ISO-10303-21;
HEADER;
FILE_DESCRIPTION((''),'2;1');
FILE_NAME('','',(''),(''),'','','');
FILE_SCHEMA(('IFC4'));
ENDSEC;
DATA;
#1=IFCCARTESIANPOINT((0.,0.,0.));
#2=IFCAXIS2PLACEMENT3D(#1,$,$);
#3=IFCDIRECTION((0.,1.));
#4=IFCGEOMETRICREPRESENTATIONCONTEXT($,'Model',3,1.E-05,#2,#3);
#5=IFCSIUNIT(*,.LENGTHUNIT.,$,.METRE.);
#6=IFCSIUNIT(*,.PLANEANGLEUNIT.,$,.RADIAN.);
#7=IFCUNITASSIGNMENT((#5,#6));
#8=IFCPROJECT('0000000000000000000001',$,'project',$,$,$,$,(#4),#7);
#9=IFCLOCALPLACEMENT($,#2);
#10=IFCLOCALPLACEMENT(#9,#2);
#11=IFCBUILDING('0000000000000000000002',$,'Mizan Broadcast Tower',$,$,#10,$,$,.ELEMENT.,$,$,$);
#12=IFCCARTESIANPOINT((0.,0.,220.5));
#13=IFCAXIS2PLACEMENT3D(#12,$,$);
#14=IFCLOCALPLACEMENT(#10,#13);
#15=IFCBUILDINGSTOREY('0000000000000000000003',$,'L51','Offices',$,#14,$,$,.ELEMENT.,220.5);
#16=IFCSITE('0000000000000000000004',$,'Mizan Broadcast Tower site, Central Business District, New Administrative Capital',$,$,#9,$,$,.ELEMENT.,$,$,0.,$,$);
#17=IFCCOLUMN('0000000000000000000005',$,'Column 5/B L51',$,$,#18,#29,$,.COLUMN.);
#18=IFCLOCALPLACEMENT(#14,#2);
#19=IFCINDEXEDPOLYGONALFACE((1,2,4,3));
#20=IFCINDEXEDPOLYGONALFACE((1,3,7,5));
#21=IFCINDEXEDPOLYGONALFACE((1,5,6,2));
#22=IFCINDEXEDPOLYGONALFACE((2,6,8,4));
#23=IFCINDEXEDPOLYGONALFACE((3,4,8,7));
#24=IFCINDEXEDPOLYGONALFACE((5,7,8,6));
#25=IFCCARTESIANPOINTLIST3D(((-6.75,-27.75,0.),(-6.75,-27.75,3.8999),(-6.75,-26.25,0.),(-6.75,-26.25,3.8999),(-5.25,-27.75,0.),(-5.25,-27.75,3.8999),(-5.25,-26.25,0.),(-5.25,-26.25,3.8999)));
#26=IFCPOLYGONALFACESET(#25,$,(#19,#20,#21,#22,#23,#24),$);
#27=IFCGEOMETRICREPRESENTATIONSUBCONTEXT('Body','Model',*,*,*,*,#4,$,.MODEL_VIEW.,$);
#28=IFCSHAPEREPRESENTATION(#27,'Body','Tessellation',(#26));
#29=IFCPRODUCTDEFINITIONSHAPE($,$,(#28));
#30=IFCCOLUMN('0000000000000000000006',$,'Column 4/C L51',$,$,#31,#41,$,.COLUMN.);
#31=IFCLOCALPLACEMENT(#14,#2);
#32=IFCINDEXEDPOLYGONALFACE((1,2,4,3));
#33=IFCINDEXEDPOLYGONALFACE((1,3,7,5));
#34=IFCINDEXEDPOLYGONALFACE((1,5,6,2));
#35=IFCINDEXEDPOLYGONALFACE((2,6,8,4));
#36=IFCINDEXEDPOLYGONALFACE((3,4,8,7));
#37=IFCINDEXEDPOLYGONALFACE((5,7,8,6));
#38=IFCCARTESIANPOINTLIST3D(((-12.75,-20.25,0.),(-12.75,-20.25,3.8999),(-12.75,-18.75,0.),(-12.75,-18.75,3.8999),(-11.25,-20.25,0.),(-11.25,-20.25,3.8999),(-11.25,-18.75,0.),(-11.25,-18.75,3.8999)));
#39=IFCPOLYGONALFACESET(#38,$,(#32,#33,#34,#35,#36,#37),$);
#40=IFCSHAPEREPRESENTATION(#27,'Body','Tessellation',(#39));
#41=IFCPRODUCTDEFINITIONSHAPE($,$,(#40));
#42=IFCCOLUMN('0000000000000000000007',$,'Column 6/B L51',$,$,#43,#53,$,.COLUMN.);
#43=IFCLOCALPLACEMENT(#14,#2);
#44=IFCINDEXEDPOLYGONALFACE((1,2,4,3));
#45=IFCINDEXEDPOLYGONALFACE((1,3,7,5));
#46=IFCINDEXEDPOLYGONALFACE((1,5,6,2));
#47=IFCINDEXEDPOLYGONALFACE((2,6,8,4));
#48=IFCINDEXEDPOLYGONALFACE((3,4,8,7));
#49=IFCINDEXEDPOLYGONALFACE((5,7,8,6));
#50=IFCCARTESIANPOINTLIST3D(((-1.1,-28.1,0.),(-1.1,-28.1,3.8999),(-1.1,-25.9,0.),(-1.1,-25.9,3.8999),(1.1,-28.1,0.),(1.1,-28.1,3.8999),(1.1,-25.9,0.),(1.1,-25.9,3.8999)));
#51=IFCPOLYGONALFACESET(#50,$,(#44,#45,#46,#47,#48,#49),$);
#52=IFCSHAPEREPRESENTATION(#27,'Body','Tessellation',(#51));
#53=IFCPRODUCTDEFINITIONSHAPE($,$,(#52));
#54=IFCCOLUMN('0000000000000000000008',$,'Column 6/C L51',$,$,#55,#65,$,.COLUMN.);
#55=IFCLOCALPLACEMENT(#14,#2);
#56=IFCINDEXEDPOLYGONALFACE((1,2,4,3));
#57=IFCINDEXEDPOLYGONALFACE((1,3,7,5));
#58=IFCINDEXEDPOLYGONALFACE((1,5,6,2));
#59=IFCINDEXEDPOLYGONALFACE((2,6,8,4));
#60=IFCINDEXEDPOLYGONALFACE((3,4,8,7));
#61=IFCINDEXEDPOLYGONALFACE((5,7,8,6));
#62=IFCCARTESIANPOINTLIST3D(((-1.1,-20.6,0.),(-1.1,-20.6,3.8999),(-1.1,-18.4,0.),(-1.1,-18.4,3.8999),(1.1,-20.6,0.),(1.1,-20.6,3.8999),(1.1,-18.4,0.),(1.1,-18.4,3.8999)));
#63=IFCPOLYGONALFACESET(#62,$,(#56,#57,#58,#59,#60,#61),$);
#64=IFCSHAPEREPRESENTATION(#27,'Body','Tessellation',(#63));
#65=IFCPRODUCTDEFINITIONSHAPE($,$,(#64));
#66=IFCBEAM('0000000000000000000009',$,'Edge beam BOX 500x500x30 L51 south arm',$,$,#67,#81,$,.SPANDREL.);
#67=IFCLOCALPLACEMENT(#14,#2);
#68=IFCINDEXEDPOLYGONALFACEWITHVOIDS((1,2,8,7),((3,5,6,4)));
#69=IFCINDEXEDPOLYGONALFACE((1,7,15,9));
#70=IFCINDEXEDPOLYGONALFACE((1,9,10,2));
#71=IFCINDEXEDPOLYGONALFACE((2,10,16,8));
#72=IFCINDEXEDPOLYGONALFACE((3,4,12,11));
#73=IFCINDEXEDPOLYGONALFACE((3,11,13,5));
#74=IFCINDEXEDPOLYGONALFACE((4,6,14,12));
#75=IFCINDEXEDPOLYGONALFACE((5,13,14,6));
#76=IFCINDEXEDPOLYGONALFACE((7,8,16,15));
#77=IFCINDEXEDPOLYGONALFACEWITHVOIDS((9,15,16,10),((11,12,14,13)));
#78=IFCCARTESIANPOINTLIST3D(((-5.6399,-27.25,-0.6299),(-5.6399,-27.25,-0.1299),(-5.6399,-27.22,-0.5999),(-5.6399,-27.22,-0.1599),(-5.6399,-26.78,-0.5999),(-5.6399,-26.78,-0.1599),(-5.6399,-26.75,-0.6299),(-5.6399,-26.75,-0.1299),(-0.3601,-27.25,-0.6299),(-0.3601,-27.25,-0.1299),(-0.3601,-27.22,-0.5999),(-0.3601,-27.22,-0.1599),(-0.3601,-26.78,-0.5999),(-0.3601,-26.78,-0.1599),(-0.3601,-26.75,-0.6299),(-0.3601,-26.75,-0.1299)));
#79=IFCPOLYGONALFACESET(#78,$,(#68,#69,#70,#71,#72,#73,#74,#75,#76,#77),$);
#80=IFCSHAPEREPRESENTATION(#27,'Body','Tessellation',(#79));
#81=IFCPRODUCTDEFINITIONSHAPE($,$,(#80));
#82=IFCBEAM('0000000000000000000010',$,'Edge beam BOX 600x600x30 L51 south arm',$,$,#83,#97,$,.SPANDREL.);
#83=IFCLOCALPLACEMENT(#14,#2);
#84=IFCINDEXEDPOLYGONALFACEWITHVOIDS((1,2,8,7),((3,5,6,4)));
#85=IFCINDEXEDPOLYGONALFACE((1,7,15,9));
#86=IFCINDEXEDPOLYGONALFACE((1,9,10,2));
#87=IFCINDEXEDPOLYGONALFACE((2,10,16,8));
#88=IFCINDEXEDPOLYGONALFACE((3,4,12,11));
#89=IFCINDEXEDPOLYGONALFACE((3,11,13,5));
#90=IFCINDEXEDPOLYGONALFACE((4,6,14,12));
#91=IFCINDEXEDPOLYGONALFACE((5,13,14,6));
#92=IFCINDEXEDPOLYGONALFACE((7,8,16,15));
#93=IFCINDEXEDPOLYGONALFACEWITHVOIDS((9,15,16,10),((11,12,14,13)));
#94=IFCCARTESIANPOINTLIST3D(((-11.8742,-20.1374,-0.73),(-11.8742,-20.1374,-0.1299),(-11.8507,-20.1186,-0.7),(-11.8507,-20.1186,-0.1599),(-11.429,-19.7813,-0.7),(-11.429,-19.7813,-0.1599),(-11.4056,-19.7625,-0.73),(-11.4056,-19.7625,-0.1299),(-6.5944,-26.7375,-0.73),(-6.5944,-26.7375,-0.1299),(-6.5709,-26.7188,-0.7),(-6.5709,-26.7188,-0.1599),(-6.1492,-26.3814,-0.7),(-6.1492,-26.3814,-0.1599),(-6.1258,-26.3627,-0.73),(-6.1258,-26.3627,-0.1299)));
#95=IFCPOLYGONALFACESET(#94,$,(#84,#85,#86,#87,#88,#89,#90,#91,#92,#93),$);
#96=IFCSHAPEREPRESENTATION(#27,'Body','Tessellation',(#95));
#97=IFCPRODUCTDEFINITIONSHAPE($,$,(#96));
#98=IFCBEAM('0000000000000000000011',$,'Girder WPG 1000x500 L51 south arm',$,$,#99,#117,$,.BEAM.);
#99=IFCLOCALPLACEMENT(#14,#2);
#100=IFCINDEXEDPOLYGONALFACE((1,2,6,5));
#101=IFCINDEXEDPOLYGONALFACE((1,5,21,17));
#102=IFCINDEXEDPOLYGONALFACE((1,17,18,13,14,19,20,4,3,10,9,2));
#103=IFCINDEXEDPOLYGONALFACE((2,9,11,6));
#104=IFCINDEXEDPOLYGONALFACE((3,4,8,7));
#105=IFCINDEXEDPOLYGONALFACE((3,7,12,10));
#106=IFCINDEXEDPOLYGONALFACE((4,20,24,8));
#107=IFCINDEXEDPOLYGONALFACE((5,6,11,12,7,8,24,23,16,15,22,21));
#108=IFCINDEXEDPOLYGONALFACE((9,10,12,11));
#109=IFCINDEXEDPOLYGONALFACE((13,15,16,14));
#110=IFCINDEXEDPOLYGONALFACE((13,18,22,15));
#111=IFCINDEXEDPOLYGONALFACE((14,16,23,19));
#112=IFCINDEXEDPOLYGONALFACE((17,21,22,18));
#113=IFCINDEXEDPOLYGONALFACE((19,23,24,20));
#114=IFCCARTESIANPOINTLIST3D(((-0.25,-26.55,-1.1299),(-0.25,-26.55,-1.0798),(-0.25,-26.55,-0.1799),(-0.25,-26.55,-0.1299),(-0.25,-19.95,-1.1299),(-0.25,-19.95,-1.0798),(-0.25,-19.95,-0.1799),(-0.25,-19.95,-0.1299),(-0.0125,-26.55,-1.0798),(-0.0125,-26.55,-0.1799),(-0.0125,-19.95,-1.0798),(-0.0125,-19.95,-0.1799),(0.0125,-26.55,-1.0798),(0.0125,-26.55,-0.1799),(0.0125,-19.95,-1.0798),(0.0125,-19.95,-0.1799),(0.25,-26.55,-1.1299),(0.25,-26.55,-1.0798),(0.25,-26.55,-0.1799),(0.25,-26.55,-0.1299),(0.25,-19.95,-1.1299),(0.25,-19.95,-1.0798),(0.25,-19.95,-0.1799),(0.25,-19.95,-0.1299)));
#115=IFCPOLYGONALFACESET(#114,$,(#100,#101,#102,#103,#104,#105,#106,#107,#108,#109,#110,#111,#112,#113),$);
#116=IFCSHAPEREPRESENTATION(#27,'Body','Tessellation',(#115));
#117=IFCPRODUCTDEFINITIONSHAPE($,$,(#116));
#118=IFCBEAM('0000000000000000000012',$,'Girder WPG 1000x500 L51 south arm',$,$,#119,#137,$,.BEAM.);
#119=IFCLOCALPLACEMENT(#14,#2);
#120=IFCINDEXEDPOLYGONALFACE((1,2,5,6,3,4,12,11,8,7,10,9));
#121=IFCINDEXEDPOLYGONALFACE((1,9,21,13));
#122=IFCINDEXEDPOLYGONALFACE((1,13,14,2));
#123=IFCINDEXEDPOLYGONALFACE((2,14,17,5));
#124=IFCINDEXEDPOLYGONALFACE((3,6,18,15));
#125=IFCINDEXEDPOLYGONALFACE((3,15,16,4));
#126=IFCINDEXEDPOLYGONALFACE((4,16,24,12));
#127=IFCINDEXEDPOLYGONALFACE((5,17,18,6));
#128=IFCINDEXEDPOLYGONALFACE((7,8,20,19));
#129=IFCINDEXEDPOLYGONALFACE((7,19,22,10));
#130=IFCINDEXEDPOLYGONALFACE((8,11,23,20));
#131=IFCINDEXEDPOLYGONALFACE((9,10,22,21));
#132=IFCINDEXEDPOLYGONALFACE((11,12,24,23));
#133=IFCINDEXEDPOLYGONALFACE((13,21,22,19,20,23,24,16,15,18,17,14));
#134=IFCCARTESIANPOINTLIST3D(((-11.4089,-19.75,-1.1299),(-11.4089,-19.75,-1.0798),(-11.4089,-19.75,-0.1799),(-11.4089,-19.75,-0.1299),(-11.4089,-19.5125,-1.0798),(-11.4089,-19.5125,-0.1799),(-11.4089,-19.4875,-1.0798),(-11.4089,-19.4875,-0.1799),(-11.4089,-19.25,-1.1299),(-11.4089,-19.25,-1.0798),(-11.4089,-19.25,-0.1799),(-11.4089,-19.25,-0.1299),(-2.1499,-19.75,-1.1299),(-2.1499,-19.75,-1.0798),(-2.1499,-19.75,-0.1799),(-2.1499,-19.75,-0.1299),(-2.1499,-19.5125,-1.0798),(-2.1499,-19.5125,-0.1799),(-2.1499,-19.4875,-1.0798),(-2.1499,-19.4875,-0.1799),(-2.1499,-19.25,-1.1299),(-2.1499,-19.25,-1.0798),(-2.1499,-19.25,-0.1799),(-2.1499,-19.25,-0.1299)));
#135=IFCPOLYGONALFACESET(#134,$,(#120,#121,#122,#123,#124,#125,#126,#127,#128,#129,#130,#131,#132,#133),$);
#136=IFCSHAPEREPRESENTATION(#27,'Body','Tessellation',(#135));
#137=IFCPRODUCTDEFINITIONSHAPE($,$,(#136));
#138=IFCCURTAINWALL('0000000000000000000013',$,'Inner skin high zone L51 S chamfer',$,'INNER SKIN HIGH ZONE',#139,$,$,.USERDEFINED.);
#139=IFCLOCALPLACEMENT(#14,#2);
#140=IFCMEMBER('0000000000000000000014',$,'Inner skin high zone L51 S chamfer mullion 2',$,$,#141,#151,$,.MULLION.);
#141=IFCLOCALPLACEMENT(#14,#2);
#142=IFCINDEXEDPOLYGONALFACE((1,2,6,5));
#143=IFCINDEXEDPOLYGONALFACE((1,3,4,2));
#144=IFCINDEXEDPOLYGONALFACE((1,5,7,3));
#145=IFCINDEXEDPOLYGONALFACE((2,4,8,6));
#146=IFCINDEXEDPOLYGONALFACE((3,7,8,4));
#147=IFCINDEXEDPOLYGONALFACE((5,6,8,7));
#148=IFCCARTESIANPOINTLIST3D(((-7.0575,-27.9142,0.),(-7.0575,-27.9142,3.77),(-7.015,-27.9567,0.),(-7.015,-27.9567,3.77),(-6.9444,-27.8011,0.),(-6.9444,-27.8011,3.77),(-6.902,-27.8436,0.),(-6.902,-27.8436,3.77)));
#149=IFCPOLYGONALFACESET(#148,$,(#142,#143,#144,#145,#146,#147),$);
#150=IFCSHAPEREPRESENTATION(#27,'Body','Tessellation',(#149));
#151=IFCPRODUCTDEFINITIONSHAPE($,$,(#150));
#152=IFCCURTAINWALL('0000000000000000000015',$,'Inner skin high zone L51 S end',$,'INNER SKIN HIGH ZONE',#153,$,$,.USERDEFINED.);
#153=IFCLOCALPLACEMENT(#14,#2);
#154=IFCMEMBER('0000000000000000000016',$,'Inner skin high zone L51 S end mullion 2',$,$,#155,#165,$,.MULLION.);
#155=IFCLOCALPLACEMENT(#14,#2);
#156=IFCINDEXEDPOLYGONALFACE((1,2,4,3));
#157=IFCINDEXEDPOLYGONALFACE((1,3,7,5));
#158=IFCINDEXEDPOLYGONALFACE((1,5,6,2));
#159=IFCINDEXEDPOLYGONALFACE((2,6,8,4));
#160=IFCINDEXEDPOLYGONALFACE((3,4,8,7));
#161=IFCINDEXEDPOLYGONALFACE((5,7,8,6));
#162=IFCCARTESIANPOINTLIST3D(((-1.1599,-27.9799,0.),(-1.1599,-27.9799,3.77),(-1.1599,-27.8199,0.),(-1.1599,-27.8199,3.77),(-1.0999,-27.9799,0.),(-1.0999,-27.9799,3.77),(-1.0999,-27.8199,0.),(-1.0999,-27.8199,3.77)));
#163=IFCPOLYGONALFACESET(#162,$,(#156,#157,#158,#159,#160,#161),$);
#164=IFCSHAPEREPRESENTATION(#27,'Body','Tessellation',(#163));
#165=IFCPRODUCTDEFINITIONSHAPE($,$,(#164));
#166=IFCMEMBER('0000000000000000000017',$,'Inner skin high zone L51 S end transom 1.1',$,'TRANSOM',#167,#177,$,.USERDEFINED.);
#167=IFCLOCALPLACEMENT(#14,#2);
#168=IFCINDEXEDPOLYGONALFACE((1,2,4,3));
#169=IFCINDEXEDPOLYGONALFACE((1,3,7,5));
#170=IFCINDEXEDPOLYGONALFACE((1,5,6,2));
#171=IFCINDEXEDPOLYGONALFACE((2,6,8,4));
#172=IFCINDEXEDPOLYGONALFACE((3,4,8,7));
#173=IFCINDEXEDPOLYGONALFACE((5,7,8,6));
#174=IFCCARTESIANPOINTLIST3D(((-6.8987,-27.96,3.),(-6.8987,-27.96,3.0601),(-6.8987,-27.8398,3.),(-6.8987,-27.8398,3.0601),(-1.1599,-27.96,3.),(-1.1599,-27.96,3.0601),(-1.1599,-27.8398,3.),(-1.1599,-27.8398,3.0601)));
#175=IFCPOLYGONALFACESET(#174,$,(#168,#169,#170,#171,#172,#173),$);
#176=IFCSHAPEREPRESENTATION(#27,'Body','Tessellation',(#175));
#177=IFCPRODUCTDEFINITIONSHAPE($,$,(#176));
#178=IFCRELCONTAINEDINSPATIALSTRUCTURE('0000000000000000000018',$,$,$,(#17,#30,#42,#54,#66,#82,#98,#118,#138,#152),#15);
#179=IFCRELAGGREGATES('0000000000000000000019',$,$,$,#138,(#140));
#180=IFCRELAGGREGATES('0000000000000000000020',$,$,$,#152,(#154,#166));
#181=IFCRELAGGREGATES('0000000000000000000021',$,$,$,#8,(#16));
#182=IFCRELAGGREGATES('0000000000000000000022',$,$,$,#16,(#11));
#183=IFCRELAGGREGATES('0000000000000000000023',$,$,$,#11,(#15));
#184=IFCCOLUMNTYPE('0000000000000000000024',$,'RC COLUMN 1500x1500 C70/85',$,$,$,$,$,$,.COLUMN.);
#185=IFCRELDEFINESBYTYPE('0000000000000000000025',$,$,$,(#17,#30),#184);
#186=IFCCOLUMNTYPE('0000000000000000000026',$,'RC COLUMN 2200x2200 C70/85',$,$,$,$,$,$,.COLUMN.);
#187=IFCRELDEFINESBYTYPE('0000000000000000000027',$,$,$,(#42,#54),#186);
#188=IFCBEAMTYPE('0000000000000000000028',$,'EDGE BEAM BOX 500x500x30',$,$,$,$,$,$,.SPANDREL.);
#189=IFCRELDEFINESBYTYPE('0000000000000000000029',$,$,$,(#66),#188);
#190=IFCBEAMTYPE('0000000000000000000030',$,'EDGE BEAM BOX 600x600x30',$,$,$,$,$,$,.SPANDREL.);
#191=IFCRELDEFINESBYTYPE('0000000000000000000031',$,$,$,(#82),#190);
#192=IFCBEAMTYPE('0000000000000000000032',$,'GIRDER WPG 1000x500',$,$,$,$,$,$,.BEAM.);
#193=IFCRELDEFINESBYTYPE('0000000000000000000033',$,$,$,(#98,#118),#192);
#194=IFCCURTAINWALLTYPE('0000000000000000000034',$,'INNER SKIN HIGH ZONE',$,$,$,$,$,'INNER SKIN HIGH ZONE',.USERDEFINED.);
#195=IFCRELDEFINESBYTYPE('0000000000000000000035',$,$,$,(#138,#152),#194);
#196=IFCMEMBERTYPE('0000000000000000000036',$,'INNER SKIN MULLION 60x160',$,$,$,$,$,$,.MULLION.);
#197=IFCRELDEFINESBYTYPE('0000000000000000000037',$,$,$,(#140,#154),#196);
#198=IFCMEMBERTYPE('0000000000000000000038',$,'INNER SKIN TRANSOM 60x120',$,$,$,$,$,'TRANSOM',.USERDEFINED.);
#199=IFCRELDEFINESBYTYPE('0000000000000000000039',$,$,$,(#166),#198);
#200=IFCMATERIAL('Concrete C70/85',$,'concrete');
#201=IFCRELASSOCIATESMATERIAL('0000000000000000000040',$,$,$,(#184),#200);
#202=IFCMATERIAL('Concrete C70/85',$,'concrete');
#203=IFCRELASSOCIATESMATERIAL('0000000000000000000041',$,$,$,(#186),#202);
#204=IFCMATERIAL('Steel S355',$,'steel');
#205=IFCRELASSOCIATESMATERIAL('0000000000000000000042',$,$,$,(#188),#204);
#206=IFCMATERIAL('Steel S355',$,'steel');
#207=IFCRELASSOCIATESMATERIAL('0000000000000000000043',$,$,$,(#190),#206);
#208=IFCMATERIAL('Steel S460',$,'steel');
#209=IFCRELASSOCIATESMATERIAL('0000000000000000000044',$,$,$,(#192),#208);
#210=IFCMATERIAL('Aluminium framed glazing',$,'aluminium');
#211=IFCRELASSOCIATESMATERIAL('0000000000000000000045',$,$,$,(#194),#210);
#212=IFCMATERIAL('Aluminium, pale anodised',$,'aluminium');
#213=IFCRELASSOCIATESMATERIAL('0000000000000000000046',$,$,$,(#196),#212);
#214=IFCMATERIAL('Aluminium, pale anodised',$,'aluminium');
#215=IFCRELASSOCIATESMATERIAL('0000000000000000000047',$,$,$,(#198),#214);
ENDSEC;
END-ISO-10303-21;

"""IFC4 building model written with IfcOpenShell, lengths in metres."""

from ifc_helpers import new_model, si_unit, direction, frame, origin, origin_2d, place, context, subcontext, project, spatial, rectangle, hollow_rectangle, i_section, extrude, material, material_profile, profile_set, type_object, element, aggregate, save


model = new_model("IFC4")

# Units and contexts
model_context = context("Model", 3, precision=1e-05, world=origin(), true_north=direction((0.0, 1.0)))
body_context = subcontext(model_context, "Body", "Model", "MODEL_VIEW")
ifc_project = project(units=[si_unit("LENGTHUNIT", "METRE"), si_unit("PLANEANGLEUNIT", "RADIAN")], contexts=[model_context])

# Site, building, storey
site_placement = place(None, origin())
site = spatial("IfcSite", under=ifc_project, at=site_placement, Name="Mizan Broadcast Tower site, Central Business District, New Administrative Capital", CompositionType="ELEMENT", RefElevation=0.0)
building_placement = place(site_placement, origin())
building = spatial("IfcBuilding", under=site, at=building_placement, Name="Mizan Broadcast Tower", CompositionType="ELEMENT")
storey_placement = place(building_placement, frame((0.0, 0.0, 220.5)))
storey = spatial("IfcBuildingStorey", under=building, at=storey_placement, Name="L51", Description="Offices", CompositionType="ELEMENT", Elevation=220.5)

# Columns
ifc_material_1 = material(Name="Concrete C70/85", Category="concrete")
ifc_material_profile_1 = material_profile(ifc_material_1, rectangle(XDim=1.5, YDim=1.5, at=origin_2d()), Name="RC 1500x1500")
ifc_profile_set_1 = profile_set([ifc_material_profile_1], Name="Concrete C70/85")
column_type_1 = type_object("IfcColumnType", Name="RC COLUMN 1500x1500 C70/85", PredefinedType="COLUMN", material=ifc_profile_set_1)
for number, where, z_axis, x_axis, name in (
    (1, (-6.0, -27.0, 0.0), (0.0, 0.0, 1.0), (1.0, 0.0, 0.0), "Column 5/B L51"),
    (2, (-12.0, -19.5, 0.0), (0.0, 0.0, 1.0), (1.0, 0.0, 0.0), "Column 4/C L51"),
):
    element("IfcColumn", number, at=place(storey_placement, frame(where, z_axis=z_axis, x_axis=x_axis)), inside=storey, type_object=column_type_1, Name=name, PredefinedType="COLUMN", context=body_context, shape_type="SweptSolid", body=[
        extrude(rectangle(XDim=1.5, YDim=1.5, at=origin_2d()), origin(), (0.0, 0.0, 1.0), 3.8999),
    ])
ifc_material_2 = material(Name="Concrete C70/85", Category="concrete")
ifc_material_profile_2 = material_profile(ifc_material_2, rectangle(XDim=2.2, YDim=2.2, at=origin_2d()), Name="RC 2200x2200")
ifc_profile_set_2 = profile_set([ifc_material_profile_2], Name="Concrete C70/85")
column_type_2 = type_object("IfcColumnType", Name="RC COLUMN 2200x2200 C70/85", PredefinedType="COLUMN", material=ifc_profile_set_2)
for number, where, z_axis, x_axis, name in (
    (3, (0.0, -27.0, 0.0), (0.0, 0.0, 1.0), (1.0, 0.0, 0.0), "Column 6/B L51"),
    (4, (0.0, -19.5, 0.0), (0.0, 0.0, 1.0), (1.0, 0.0, 0.0), "Column 6/C L51"),
):
    element("IfcColumn", number, at=place(storey_placement, frame(where, z_axis=z_axis, x_axis=x_axis)), inside=storey, type_object=column_type_2, Name=name, PredefinedType="COLUMN", context=body_context, shape_type="SweptSolid", body=[
        extrude(rectangle(XDim=2.2, YDim=2.2, at=origin_2d()), origin(), (0.0, 0.0, 1.0), 3.8999),
    ])

# Beams
ifc_material_3 = material(Name="Steel S355", Category="steel")
ifc_material_profile_3 = material_profile(ifc_material_3, hollow_rectangle(XDim=0.5, YDim=0.5, WallThickness=0.03, at=origin_2d()), Name="BOX 500x500x30")
ifc_profile_set_3 = profile_set([ifc_material_profile_3], Name="Steel S355")
beam_type_1 = type_object("IfcBeamType", Name="EDGE BEAM BOX 500x500x30", PredefinedType="SPANDREL", material=ifc_profile_set_3)
beam_1_placement = place(storey_placement, frame((-5.6399, -27.0, -0.3799), z_axis=(1.0, 0.0, 0.0), x_axis=(0.0, 1.0, 0.0)))
element("IfcBeam", 5, at=beam_1_placement, inside=storey, type_object=beam_type_1, Name="Edge beam BOX 500x500x30 L51 south arm", PredefinedType="SPANDREL", context=body_context, shape_type="SweptSolid", body=[
    extrude(hollow_rectangle(XDim=0.5, YDim=0.5, WallThickness=0.03, at=origin_2d()), origin(), (0.0, 0.0, 1.0), 5.2798),
])
ifc_material_4 = material(Name="Steel S355", Category="steel")
ifc_material_profile_4 = material_profile(ifc_material_4, hollow_rectangle(XDim=0.6001, YDim=0.6001, WallThickness=0.03, at=origin_2d()), Name="BOX 600x600x30")
ifc_profile_set_4 = profile_set([ifc_material_profile_4], Name="Steel S355")
beam_type_2 = type_object("IfcBeamType", Name="EDGE BEAM BOX 600x600x30", PredefinedType="SPANDREL", material=ifc_profile_set_4)
beam_2_placement = place(storey_placement, frame((-11.6399, -19.95, -0.4299), z_axis=(0.624674, -0.780886, 0.0), x_axis=(0.780886, 0.624674, 0.0)))
element("IfcBeam", 6, at=beam_2_placement, inside=storey, type_object=beam_type_2, Name="Edge beam BOX 600x600x30 L51 south arm", PredefinedType="SPANDREL", context=body_context, shape_type="SweptSolid", body=[
    extrude(hollow_rectangle(XDim=0.6001, YDim=0.6001, WallThickness=0.03, at=origin_2d()), origin(), (0.0, 0.0, 1.0), 8.4521),
])
ifc_material_5 = material(Name="Steel S460", Category="steel")
ifc_material_profile_5 = material_profile(ifc_material_5, i_section(OverallWidth=0.5, OverallDepth=1.0, WebThickness=0.0249, FlangeThickness=0.05, at=origin_2d()), Name="WPG 1000x500")
ifc_profile_set_5 = profile_set([ifc_material_profile_5], Name="Steel S460")
beam_type_3 = type_object("IfcBeamType", Name="GIRDER WPG 1000x500", PredefinedType="BEAM", material=ifc_profile_set_5)
beam_3_placement = place(storey_placement, frame((0.0, -19.95, -0.6299), z_axis=(0.0, -1.0, 0.0), x_axis=(1.0, 0.0, 0.0)))
element("IfcBeam", 7, at=beam_3_placement, inside=storey, type_object=beam_type_3, Name="Girder WPG 1000x500 L51 south arm", PredefinedType="BEAM", context=body_context, shape_type="SweptSolid", body=[
    extrude(i_section(OverallWidth=0.5, OverallDepth=1.0, WebThickness=0.0249, FlangeThickness=0.05, at=origin_2d()), origin(), (0.0, 0.0, 1.0), 6.6001),
])
beam_4_placement = place(storey_placement, frame((-11.4089, -19.5, -0.6299), z_axis=(1.0, 0.0, 0.0), x_axis=(0.0, 1.0, 0.0)))
element("IfcBeam", 8, at=beam_4_placement, inside=storey, type_object=beam_type_3, Name="Girder WPG 1000x500 L51 south arm", PredefinedType="BEAM", context=body_context, shape_type="SweptSolid", body=[
    extrude(i_section(OverallWidth=0.5, OverallDepth=1.0, WebThickness=0.0249, FlangeThickness=0.05, at=origin_2d()), origin(), (0.0, 0.0, 1.0), 9.259),
])

# Curtain wall, member
ifc_material_6 = material(Name="Aluminium framed glazing", Category="aluminium")
curtain_wall_type_1 = type_object("IfcCurtainWallType", Name="INNER SKIN HIGH ZONE", ElementType="INNER SKIN HIGH ZONE", PredefinedType="USERDEFINED", material=ifc_material_6)
curtain_wall_1_placement = place(storey_placement, origin())
curtain_wall_1 = element("IfcCurtainWall", 9, at=curtain_wall_1_placement, inside=storey, type_object=curtain_wall_type_1, Name="Inner skin high zone L51 S chamfer", ObjectType="INNER SKIN HIGH ZONE", PredefinedType="USERDEFINED")
ifc_material_7 = material(Name="Aluminium, pale anodised", Category="aluminium")
ifc_material_profile_6 = material_profile(ifc_material_7, rectangle(XDim=0.1599, YDim=0.0601, at=origin_2d()), Name="MULLION 160x60")
ifc_profile_set_6 = profile_set([ifc_material_profile_6], Name="Aluminium, pale anodised")
member_type_1 = type_object("IfcMemberType", Name="INNER SKIN MULLION 60x160", PredefinedType="MULLION", material=ifc_profile_set_6)
member_1_placement = place(storey_placement, frame((-6.9797, -27.8789, 0.0), z_axis=(0.0, 0.0, 1.0), x_axis=(0.707107, 0.707107, 0.0)))
member_1 = element("IfcMember", 10, at=member_1_placement, type_object=member_type_1, Name="Inner skin high zone L51 S chamfer mullion 2", PredefinedType="MULLION", context=body_context, shape_type="SweptSolid", body=[
    extrude(rectangle(XDim=0.1599, YDim=0.0601, at=origin_2d()), origin(), (0.0, 0.0, 1.0), 3.77),
])

# Curtain wall, members
curtain_wall_2_placement = place(storey_placement, origin())
curtain_wall_2 = element("IfcCurtainWall", 11, at=curtain_wall_2_placement, inside=storey, type_object=curtain_wall_type_1, Name="Inner skin high zone L51 S end", ObjectType="INNER SKIN HIGH ZONE", PredefinedType="USERDEFINED")
member_2_placement = place(storey_placement, frame((-1.1299, -27.8999, 0.0), z_axis=(0.0, 0.0, 1.0), x_axis=(0.0, 1.0, 0.0)))
member_2 = element("IfcMember", 12, at=member_2_placement, type_object=member_type_1, Name="Inner skin high zone L51 S end mullion 2", PredefinedType="MULLION", context=body_context, shape_type="SweptSolid", body=[
    extrude(rectangle(XDim=0.1599, YDim=0.0601, at=origin_2d()), origin(), (0.0, 0.0, 1.0), 3.77),
])
ifc_material_8 = material(Name="Aluminium, pale anodised", Category="aluminium")
ifc_material_profile_7 = material_profile(ifc_material_8, rectangle(XDim=0.1201, YDim=0.0601, at=origin_2d()), Name="TRANSOM 120x60")
ifc_profile_set_7 = profile_set([ifc_material_profile_7], Name="Aluminium, pale anodised")
member_type_2 = type_object("IfcMemberType", Name="INNER SKIN TRANSOM 60x120", ElementType="TRANSOM", PredefinedType="USERDEFINED", material=ifc_profile_set_7)
member_3_placement = place(storey_placement, frame((-6.8987, -27.8999, 3.03), z_axis=(1.0, 0.0, 0.0), x_axis=(0.0, 1.0, 0.0)))
member_3 = element("IfcMember", 13, at=member_3_placement, type_object=member_type_2, Name="Inner skin high zone L51 S end transom 1.1", ObjectType="TRANSOM", PredefinedType="USERDEFINED", context=body_context, shape_type="SweptSolid", body=[
    extrude(rectangle(XDim=0.1201, YDim=0.0601, at=origin_2d()), origin(), (0.0, 0.0, 1.0), 5.7388),
])

aggregate(curtain_wall_1, [member_1])
aggregate(curtain_wall_2, [member_2, member_3])

save(model, "model.ifc")
